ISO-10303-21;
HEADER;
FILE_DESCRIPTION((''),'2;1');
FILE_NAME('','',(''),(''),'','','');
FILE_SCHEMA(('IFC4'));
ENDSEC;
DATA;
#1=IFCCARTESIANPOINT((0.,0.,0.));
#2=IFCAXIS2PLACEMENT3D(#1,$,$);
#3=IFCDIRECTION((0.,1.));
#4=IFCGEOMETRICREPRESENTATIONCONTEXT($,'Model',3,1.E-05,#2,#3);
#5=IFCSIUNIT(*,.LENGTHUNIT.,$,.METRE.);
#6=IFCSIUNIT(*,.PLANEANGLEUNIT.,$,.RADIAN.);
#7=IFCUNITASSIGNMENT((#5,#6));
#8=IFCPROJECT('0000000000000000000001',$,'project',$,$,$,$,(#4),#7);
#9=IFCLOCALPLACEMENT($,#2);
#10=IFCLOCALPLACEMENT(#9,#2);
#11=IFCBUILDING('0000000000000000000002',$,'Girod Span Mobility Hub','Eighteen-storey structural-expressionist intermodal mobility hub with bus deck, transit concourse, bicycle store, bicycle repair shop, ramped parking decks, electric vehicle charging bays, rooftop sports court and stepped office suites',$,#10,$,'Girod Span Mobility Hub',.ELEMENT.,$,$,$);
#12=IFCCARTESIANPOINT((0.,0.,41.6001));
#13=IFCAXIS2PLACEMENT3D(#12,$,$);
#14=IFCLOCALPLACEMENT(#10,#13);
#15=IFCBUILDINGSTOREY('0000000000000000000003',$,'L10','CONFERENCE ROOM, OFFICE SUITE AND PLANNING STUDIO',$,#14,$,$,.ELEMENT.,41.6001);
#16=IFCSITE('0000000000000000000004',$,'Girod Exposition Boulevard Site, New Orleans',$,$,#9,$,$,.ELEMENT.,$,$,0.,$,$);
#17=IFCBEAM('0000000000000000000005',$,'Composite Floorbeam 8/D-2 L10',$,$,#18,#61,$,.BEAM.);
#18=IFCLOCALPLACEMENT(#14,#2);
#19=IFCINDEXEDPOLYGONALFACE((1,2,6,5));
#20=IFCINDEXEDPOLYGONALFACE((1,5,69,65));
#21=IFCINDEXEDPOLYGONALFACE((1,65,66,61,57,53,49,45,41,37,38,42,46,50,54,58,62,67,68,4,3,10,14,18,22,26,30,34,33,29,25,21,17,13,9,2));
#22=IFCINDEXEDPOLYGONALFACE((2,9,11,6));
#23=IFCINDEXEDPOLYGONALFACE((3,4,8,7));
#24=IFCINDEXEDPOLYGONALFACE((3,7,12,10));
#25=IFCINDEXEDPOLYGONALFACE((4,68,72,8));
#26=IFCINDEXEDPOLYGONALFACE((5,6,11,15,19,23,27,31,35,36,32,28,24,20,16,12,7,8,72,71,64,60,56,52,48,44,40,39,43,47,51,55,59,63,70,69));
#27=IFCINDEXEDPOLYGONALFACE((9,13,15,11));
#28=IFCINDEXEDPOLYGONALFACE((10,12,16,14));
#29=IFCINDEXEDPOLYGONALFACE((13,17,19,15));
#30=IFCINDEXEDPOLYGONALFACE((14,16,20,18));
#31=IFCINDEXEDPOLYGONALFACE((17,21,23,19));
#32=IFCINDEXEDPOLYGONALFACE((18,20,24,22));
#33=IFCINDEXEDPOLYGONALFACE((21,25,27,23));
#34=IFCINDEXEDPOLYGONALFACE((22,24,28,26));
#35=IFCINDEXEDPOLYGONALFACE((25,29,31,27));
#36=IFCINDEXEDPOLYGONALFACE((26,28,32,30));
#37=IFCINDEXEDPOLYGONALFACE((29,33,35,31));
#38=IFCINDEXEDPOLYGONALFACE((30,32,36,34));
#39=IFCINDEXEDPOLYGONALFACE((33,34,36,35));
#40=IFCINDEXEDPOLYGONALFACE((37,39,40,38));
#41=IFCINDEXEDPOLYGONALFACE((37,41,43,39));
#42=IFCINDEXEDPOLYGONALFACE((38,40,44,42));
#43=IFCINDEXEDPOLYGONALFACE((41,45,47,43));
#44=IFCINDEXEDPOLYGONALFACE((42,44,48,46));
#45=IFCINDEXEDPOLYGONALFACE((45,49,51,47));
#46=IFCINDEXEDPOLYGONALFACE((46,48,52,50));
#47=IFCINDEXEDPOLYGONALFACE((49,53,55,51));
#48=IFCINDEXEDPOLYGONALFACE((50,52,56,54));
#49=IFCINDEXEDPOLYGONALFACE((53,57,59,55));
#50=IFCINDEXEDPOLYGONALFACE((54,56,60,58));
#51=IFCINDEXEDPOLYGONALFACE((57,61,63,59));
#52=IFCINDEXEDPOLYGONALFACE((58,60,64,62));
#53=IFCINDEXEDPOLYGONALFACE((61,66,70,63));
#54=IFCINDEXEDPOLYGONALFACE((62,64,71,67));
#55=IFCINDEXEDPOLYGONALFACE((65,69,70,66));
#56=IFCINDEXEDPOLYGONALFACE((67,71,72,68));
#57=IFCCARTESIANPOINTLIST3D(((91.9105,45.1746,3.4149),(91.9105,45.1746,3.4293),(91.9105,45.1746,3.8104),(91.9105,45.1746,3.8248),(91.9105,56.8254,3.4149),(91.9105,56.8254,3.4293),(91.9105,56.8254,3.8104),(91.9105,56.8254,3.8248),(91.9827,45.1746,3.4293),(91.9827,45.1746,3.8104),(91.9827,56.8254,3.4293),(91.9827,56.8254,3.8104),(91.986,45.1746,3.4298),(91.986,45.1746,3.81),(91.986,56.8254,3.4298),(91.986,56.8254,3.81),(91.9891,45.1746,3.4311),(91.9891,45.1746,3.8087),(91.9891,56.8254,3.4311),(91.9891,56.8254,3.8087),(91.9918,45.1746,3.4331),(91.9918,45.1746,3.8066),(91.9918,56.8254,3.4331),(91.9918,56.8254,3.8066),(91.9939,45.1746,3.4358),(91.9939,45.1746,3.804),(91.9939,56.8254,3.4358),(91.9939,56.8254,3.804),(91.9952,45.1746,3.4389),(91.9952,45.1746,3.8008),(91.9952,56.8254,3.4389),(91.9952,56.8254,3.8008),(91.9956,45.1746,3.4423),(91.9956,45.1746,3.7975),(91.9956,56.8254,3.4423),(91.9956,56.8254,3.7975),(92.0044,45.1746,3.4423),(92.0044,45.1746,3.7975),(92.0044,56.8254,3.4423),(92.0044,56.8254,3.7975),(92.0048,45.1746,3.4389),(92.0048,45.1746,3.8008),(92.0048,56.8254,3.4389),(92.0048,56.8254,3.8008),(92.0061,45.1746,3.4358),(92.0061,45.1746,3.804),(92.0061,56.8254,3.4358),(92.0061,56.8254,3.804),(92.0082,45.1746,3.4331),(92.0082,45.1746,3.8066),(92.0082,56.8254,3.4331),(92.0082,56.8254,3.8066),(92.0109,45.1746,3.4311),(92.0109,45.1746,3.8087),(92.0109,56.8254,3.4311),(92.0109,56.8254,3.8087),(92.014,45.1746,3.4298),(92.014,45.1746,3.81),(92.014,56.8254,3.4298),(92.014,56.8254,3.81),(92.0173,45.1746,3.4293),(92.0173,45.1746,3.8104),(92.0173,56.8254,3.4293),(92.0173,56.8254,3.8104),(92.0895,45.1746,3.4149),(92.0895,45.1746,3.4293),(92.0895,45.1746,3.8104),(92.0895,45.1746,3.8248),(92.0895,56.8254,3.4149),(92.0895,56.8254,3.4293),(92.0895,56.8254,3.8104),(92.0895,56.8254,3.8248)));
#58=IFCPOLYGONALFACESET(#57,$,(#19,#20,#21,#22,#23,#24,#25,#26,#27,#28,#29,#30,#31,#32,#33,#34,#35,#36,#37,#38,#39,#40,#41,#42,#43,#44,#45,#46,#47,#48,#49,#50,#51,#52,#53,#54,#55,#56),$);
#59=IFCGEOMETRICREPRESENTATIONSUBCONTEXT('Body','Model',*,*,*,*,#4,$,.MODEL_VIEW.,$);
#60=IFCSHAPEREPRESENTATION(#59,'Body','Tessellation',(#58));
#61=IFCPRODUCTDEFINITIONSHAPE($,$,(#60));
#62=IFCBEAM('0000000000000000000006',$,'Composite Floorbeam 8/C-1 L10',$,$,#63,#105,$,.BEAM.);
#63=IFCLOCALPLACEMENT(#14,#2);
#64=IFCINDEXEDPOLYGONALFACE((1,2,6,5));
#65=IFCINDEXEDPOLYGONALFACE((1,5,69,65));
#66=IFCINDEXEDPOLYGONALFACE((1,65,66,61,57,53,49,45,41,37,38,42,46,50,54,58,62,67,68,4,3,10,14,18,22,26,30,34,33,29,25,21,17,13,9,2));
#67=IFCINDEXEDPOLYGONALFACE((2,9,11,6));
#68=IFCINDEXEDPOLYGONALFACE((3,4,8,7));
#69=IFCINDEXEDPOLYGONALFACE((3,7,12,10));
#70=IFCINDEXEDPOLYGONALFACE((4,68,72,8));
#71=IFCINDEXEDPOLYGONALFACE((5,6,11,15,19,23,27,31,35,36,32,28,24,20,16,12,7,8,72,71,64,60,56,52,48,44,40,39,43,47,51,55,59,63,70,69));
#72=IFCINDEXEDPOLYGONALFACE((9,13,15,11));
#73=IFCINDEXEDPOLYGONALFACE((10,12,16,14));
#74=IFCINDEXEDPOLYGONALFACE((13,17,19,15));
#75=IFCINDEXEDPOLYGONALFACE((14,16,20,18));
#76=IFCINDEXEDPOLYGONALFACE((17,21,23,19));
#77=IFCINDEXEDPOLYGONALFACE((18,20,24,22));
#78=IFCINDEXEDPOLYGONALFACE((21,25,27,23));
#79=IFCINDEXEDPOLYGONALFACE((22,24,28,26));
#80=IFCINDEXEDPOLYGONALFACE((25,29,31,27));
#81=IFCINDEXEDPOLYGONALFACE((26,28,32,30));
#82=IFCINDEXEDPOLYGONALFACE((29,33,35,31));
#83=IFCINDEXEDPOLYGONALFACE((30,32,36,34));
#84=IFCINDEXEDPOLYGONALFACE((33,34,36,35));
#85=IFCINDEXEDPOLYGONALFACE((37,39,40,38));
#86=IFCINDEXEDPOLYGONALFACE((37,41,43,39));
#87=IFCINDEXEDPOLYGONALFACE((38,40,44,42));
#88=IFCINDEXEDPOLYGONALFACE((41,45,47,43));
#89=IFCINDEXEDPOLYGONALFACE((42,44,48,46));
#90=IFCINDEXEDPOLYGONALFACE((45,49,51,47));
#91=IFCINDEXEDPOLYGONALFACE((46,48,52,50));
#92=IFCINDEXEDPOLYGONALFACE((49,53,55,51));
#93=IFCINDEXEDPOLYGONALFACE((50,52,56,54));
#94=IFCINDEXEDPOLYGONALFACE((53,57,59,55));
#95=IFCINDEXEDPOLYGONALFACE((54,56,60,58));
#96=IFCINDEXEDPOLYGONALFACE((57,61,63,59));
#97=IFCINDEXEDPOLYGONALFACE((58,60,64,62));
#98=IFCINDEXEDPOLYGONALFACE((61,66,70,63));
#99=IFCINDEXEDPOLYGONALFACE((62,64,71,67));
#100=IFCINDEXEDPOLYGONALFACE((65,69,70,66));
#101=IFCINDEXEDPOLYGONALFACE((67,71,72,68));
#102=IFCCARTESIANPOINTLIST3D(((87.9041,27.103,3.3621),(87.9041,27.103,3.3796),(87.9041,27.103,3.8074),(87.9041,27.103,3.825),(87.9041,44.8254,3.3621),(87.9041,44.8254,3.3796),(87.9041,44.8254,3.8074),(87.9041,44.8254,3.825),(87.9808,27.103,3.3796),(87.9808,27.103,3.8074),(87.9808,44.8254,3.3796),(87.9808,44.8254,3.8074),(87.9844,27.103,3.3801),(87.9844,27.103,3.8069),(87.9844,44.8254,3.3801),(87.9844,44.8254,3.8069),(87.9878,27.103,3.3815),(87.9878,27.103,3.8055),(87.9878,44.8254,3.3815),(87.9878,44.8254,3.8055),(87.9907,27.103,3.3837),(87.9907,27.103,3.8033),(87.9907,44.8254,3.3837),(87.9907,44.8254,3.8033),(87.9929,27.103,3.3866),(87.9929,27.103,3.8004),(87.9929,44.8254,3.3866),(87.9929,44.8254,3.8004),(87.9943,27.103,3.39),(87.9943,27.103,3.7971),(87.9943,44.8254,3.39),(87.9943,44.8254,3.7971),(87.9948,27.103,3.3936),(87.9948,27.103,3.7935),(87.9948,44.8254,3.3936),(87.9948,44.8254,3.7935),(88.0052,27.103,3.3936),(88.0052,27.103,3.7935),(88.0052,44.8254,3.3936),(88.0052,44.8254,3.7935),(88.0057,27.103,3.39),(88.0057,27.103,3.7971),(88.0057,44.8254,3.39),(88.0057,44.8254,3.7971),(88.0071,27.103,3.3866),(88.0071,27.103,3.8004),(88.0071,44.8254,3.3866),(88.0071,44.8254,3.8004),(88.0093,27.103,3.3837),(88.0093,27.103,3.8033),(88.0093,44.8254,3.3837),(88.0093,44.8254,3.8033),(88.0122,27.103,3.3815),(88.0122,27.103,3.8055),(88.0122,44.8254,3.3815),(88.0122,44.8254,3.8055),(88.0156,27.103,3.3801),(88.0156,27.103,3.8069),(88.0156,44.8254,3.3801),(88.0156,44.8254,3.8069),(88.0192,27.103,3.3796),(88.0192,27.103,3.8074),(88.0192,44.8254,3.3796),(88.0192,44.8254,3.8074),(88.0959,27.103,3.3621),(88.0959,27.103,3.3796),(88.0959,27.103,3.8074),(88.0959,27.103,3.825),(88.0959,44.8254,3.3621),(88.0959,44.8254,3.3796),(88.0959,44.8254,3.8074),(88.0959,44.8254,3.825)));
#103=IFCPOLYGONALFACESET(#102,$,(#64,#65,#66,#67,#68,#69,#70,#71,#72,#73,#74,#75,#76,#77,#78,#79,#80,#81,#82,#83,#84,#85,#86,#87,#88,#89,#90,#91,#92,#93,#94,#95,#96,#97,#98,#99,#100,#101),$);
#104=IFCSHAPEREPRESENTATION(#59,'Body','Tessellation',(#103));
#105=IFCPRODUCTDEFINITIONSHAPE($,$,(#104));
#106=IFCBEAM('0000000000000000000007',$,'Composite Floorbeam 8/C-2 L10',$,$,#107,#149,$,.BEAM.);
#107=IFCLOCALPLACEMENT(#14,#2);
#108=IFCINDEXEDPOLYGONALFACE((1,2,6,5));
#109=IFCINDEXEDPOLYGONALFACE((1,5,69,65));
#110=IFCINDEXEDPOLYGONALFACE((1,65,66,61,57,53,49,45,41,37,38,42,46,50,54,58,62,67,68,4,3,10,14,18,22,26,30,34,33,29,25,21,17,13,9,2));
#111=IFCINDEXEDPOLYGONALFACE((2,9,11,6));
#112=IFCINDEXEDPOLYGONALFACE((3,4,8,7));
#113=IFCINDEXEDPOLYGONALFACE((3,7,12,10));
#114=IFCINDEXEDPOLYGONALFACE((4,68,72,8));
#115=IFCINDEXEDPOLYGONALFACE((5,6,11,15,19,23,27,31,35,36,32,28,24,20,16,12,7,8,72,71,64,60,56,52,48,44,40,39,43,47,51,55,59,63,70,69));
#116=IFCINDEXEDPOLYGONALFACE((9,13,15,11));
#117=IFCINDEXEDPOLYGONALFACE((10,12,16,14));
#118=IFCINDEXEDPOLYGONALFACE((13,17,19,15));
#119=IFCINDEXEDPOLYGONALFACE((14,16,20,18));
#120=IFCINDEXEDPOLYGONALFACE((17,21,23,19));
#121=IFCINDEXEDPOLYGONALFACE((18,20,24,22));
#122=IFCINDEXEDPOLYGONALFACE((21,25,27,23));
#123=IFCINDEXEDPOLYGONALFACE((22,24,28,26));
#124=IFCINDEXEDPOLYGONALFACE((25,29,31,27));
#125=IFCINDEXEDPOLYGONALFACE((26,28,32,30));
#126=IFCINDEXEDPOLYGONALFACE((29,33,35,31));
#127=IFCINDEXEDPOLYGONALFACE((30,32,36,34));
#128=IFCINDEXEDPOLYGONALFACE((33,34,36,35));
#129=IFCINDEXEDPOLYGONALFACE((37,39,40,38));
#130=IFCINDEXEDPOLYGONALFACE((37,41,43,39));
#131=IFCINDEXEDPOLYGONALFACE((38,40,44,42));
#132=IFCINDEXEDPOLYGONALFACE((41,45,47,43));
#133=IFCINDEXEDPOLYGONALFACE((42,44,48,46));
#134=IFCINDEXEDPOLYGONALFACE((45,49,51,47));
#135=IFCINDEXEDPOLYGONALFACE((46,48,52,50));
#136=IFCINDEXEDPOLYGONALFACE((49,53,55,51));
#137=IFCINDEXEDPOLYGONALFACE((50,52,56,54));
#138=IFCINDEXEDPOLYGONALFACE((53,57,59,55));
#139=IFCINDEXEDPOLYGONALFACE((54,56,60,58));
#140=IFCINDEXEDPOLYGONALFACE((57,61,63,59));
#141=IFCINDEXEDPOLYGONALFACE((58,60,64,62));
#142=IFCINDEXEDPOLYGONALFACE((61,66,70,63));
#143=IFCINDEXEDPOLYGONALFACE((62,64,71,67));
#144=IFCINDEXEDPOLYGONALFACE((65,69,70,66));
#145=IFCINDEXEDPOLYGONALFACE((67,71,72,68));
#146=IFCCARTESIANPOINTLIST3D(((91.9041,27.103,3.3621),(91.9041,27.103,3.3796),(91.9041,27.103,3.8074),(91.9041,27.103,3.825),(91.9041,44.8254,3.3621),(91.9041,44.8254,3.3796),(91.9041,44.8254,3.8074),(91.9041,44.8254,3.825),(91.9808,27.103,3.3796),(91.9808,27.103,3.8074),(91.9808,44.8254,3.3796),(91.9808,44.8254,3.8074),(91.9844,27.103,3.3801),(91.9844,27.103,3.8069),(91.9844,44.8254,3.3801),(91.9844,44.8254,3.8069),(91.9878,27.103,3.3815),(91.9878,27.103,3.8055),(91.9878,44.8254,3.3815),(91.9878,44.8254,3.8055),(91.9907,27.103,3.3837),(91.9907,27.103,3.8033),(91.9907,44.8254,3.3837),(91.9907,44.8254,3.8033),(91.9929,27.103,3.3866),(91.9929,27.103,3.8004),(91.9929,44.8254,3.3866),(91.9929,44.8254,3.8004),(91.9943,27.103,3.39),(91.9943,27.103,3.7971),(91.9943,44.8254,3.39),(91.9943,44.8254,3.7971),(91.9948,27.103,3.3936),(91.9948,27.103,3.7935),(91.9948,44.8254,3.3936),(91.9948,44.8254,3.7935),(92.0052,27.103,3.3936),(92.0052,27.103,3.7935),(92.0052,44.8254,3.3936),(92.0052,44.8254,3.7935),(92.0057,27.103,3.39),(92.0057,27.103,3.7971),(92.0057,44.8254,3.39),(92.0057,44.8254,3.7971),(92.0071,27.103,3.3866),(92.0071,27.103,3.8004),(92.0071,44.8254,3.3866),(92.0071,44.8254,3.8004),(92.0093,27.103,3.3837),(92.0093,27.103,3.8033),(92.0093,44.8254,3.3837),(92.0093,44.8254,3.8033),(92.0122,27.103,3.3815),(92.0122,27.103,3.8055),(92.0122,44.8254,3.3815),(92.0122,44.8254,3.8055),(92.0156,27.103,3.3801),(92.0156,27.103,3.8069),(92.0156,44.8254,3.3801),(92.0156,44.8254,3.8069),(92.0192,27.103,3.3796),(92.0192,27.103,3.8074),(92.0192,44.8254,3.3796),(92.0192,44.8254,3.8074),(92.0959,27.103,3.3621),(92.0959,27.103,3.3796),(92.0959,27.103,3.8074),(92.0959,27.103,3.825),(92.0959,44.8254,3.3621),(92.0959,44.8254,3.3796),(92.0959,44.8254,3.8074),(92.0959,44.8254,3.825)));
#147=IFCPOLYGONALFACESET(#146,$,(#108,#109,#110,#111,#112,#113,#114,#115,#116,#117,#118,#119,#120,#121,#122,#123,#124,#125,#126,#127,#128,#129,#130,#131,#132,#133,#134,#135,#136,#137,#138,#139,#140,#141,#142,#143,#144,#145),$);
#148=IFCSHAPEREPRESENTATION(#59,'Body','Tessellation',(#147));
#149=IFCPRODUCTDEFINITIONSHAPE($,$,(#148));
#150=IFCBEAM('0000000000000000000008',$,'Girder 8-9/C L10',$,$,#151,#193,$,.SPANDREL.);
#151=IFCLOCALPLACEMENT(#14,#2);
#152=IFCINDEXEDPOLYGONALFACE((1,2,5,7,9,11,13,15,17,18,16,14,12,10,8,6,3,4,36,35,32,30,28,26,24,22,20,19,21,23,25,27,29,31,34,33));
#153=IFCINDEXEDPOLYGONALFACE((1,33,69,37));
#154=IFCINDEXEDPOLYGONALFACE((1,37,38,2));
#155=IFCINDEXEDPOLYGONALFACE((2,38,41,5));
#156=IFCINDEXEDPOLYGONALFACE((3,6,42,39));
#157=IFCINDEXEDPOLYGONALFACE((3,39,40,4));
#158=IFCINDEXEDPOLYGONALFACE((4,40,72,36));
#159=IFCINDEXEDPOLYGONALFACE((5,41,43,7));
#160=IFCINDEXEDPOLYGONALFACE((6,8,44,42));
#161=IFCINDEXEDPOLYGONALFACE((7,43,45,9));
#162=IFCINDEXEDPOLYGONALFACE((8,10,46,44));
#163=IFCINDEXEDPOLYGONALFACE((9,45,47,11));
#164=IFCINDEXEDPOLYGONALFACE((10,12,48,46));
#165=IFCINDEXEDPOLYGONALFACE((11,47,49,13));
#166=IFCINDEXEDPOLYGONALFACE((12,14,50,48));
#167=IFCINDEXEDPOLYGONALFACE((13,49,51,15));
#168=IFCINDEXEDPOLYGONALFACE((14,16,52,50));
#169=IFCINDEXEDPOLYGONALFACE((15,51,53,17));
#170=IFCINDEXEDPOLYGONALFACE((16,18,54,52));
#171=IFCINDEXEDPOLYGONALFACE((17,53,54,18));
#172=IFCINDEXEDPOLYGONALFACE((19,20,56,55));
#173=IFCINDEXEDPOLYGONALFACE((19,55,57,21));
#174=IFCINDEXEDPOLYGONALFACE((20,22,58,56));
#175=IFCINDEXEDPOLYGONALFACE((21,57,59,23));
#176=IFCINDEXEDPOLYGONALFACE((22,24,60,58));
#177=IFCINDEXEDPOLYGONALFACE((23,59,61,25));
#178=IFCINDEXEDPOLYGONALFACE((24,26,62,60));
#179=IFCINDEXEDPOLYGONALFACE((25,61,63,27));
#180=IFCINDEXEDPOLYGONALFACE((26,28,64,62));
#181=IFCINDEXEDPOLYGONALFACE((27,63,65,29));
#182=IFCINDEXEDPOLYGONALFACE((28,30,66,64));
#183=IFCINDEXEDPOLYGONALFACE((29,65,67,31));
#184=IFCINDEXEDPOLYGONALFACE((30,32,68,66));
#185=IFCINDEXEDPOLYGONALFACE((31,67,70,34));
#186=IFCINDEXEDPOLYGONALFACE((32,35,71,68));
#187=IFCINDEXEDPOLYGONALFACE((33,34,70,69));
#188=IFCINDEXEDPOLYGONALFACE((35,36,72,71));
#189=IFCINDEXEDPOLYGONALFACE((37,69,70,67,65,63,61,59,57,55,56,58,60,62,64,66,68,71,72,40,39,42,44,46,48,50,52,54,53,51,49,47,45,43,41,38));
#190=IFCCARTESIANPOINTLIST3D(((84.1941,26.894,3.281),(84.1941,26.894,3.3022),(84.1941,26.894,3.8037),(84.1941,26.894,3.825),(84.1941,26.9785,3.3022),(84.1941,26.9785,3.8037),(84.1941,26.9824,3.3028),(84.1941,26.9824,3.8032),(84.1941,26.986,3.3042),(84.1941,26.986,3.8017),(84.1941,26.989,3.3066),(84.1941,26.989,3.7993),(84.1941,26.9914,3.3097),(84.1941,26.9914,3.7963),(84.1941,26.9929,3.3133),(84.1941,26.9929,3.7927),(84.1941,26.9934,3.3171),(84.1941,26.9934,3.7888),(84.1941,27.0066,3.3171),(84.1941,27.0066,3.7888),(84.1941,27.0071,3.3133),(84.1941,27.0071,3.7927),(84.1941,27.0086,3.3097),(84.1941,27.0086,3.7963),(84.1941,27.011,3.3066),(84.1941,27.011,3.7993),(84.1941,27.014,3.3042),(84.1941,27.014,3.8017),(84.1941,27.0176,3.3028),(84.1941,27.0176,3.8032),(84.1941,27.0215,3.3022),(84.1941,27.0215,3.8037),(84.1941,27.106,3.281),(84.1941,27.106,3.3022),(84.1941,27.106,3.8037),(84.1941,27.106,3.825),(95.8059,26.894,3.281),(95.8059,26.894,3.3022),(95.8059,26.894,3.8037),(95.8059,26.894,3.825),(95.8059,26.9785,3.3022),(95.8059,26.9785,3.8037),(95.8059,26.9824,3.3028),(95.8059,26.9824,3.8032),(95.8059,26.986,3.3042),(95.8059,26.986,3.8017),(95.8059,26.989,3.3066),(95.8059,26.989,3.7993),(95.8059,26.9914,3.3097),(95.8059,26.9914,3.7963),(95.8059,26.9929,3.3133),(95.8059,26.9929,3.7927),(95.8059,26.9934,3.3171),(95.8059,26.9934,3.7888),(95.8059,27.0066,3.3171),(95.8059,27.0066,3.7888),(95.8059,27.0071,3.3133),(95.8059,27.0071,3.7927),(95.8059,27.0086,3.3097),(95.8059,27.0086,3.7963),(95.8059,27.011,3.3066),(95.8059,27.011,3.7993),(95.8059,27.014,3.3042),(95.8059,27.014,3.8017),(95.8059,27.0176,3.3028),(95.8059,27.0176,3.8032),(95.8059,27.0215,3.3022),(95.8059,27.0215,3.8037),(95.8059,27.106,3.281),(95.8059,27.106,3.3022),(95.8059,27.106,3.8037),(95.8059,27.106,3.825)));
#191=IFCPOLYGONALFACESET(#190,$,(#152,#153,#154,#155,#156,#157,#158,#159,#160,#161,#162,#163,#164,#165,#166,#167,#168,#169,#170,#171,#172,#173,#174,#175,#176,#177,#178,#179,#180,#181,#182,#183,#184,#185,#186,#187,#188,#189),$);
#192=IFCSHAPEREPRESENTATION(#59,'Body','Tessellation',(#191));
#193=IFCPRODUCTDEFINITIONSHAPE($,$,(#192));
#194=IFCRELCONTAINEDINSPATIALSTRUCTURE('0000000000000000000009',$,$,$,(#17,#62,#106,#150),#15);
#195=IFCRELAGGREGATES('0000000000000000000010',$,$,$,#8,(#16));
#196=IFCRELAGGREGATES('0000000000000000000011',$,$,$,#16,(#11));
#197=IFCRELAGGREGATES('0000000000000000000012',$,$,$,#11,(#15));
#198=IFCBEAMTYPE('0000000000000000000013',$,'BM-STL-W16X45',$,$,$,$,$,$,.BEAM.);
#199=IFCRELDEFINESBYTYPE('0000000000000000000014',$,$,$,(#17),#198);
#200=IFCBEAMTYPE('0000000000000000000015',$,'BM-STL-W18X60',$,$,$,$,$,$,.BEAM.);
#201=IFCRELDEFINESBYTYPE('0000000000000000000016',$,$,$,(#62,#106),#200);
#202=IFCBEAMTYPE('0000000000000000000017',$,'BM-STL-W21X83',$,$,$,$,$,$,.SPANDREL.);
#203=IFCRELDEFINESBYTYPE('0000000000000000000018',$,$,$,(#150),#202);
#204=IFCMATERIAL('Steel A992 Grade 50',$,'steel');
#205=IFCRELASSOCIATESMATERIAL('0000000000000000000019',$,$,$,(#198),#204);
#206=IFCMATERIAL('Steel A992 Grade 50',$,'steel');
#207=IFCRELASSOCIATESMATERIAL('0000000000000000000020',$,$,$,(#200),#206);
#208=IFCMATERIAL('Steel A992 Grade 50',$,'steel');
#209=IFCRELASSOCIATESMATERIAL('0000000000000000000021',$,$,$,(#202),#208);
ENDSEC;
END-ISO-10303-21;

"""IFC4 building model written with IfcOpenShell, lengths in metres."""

from ifc_helpers import new_model, si_unit, direction, frame, origin, origin_2d, place, context, subcontext, project, spatial, i_section, extrude, material, material_profile, profile_set, type_object, element, save


model = new_model("IFC4")

# Units and contexts
model_context = context("Model", 3, precision=1e-05, world=origin(), true_north=direction((0.0, 1.0)))
body_context = subcontext(model_context, "Body", "Model", "MODEL_VIEW")
ifc_project = project(units=[si_unit("LENGTHUNIT", "METRE"), si_unit("PLANEANGLEUNIT", "RADIAN")], contexts=[model_context])

# Site, building, storey
site_placement = place(None, origin())
site = spatial("IfcSite", under=ifc_project, at=site_placement, Name="Girod Exposition Boulevard Site, New Orleans", CompositionType="ELEMENT", RefElevation=0.0)
building_placement = place(site_placement, origin())
building = spatial("IfcBuilding", under=site, at=building_placement, Name="Girod Span Mobility Hub", Description="Eighteen-storey structural-expressionist intermodal mobility hub with bus deck, transit concourse, bicycle store, bicycle repair shop, ramped parking decks, electric vehicle charging bays, rooftop sports court and stepped office suites", LongName="Girod Span Mobility Hub", CompositionType="ELEMENT")
storey_placement = place(building_placement, frame((0.0, 0.0, 41.6001)))
storey = spatial("IfcBuildingStorey", under=building, at=storey_placement, Name="L10", Description="CONFERENCE ROOM, OFFICE SUITE AND PLANNING STUDIO", CompositionType="ELEMENT", Elevation=41.6001)

# Beams
ifc_material_1 = material(Name="Steel A992 Grade 50", Category="steel")
ifc_material_profile_1 = material_profile(ifc_material_1, i_section(OverallWidth=0.179, OverallDepth=0.4099, WebThickness=0.0088, FlangeThickness=0.0144, FilletRadius=0.0129, at=origin_2d()), Name="W16X45")
ifc_profile_set_1 = profile_set([ifc_material_profile_1], Name="Steel A992 Grade 50")
beam_type_1 = type_object("IfcBeamType", Name="BM-STL-W16X45", PredefinedType="BEAM", material=ifc_profile_set_1)
for number, where, z_axis, x_axis, name in (
    (1, (92.0, 45.1746, 3.6199), (0.0, 1.0, 0.0), (-1.0, 0.0, 0.0), "Composite Floorbeam 8/D-2 L10"),
):
    element("IfcBeam", number, at=place(storey_placement, frame(where, z_axis=z_axis, x_axis=x_axis)), inside=storey, type_object=beam_type_1, Name=name, PredefinedType="BEAM", context=body_context, shape_type="SweptSolid", body=[
        extrude(i_section(OverallWidth=0.179, OverallDepth=0.4099, WebThickness=0.0088, FlangeThickness=0.0144, FilletRadius=0.0129, at=origin_2d()), origin(), (0.0, 0.0, 1.0), 11.6509),
    ])
ifc_material_2 = material(Name="Steel A992 Grade 50", Category="steel")
ifc_material_profile_2 = material_profile(ifc_material_2, i_section(OverallWidth=0.1919, OverallDepth=0.4629, WebThickness=0.0105, FlangeThickness=0.0176, FilletRadius=0.0139, at=origin_2d()), Name="W18X60")
ifc_profile_set_2 = profile_set([ifc_material_profile_2], Name="Steel A992 Grade 50")
beam_type_2 = type_object("IfcBeamType", Name="BM-STL-W18X60", PredefinedType="BEAM", material=ifc_profile_set_2)
for number, where, z_axis, x_axis, name in (
    (2, (88.0, 27.103, 3.5935), (0.0, 1.0, 0.0), (-1.0, 0.0, 0.0), "Composite Floorbeam 8/C-1 L10"),
    (3, (92.0, 27.103, 3.5935), (0.0, 1.0, 0.0), (-1.0, 0.0, 0.0), "Composite Floorbeam 8/C-2 L10"),
):
    element("IfcBeam", number, at=place(storey_placement, frame(where, z_axis=z_axis, x_axis=x_axis)), inside=storey, type_object=beam_type_2, Name=name, PredefinedType="BEAM", context=body_context, shape_type="SweptSolid", body=[
        extrude(i_section(OverallWidth=0.1919, OverallDepth=0.4629, WebThickness=0.0105, FlangeThickness=0.0176, FilletRadius=0.0139, at=origin_2d()), origin(), (0.0, 0.0, 1.0), 17.7224),
    ])
ifc_material_3 = material(Name="Steel A992 Grade 50", Category="steel")
ifc_material_profile_3 = material_profile(ifc_material_3, i_section(OverallWidth=0.2119, OverallDepth=0.5439, WebThickness=0.0132, FlangeThickness=0.0212, FilletRadius=0.0149, at=origin_2d()), Name="W21X83")
ifc_profile_set_3 = profile_set([ifc_material_profile_3], Name="Steel A992 Grade 50")
beam_type_3 = type_object("IfcBeamType", Name="BM-STL-W21X83", PredefinedType="SPANDREL", material=ifc_profile_set_3)
for number, where, z_axis, x_axis, name in (
    (4, (84.1941, 27.0, 3.553), (1.0, 0.0, 0.0), (0.0, 1.0, 0.0), "Girder 8-9/C L10"),
):
    element("IfcBeam", number, at=place(storey_placement, frame(where, z_axis=z_axis, x_axis=x_axis)), inside=storey, type_object=beam_type_3, Name=name, PredefinedType="SPANDREL", context=body_context, shape_type="SweptSolid", body=[
        extrude(i_section(OverallWidth=0.2119, OverallDepth=0.5439, WebThickness=0.0132, FlangeThickness=0.0212, FilletRadius=0.0149, at=origin_2d()), origin(), (0.0, 0.0, 1.0), 11.6118),
    ])

save(model, "model.ifc")
